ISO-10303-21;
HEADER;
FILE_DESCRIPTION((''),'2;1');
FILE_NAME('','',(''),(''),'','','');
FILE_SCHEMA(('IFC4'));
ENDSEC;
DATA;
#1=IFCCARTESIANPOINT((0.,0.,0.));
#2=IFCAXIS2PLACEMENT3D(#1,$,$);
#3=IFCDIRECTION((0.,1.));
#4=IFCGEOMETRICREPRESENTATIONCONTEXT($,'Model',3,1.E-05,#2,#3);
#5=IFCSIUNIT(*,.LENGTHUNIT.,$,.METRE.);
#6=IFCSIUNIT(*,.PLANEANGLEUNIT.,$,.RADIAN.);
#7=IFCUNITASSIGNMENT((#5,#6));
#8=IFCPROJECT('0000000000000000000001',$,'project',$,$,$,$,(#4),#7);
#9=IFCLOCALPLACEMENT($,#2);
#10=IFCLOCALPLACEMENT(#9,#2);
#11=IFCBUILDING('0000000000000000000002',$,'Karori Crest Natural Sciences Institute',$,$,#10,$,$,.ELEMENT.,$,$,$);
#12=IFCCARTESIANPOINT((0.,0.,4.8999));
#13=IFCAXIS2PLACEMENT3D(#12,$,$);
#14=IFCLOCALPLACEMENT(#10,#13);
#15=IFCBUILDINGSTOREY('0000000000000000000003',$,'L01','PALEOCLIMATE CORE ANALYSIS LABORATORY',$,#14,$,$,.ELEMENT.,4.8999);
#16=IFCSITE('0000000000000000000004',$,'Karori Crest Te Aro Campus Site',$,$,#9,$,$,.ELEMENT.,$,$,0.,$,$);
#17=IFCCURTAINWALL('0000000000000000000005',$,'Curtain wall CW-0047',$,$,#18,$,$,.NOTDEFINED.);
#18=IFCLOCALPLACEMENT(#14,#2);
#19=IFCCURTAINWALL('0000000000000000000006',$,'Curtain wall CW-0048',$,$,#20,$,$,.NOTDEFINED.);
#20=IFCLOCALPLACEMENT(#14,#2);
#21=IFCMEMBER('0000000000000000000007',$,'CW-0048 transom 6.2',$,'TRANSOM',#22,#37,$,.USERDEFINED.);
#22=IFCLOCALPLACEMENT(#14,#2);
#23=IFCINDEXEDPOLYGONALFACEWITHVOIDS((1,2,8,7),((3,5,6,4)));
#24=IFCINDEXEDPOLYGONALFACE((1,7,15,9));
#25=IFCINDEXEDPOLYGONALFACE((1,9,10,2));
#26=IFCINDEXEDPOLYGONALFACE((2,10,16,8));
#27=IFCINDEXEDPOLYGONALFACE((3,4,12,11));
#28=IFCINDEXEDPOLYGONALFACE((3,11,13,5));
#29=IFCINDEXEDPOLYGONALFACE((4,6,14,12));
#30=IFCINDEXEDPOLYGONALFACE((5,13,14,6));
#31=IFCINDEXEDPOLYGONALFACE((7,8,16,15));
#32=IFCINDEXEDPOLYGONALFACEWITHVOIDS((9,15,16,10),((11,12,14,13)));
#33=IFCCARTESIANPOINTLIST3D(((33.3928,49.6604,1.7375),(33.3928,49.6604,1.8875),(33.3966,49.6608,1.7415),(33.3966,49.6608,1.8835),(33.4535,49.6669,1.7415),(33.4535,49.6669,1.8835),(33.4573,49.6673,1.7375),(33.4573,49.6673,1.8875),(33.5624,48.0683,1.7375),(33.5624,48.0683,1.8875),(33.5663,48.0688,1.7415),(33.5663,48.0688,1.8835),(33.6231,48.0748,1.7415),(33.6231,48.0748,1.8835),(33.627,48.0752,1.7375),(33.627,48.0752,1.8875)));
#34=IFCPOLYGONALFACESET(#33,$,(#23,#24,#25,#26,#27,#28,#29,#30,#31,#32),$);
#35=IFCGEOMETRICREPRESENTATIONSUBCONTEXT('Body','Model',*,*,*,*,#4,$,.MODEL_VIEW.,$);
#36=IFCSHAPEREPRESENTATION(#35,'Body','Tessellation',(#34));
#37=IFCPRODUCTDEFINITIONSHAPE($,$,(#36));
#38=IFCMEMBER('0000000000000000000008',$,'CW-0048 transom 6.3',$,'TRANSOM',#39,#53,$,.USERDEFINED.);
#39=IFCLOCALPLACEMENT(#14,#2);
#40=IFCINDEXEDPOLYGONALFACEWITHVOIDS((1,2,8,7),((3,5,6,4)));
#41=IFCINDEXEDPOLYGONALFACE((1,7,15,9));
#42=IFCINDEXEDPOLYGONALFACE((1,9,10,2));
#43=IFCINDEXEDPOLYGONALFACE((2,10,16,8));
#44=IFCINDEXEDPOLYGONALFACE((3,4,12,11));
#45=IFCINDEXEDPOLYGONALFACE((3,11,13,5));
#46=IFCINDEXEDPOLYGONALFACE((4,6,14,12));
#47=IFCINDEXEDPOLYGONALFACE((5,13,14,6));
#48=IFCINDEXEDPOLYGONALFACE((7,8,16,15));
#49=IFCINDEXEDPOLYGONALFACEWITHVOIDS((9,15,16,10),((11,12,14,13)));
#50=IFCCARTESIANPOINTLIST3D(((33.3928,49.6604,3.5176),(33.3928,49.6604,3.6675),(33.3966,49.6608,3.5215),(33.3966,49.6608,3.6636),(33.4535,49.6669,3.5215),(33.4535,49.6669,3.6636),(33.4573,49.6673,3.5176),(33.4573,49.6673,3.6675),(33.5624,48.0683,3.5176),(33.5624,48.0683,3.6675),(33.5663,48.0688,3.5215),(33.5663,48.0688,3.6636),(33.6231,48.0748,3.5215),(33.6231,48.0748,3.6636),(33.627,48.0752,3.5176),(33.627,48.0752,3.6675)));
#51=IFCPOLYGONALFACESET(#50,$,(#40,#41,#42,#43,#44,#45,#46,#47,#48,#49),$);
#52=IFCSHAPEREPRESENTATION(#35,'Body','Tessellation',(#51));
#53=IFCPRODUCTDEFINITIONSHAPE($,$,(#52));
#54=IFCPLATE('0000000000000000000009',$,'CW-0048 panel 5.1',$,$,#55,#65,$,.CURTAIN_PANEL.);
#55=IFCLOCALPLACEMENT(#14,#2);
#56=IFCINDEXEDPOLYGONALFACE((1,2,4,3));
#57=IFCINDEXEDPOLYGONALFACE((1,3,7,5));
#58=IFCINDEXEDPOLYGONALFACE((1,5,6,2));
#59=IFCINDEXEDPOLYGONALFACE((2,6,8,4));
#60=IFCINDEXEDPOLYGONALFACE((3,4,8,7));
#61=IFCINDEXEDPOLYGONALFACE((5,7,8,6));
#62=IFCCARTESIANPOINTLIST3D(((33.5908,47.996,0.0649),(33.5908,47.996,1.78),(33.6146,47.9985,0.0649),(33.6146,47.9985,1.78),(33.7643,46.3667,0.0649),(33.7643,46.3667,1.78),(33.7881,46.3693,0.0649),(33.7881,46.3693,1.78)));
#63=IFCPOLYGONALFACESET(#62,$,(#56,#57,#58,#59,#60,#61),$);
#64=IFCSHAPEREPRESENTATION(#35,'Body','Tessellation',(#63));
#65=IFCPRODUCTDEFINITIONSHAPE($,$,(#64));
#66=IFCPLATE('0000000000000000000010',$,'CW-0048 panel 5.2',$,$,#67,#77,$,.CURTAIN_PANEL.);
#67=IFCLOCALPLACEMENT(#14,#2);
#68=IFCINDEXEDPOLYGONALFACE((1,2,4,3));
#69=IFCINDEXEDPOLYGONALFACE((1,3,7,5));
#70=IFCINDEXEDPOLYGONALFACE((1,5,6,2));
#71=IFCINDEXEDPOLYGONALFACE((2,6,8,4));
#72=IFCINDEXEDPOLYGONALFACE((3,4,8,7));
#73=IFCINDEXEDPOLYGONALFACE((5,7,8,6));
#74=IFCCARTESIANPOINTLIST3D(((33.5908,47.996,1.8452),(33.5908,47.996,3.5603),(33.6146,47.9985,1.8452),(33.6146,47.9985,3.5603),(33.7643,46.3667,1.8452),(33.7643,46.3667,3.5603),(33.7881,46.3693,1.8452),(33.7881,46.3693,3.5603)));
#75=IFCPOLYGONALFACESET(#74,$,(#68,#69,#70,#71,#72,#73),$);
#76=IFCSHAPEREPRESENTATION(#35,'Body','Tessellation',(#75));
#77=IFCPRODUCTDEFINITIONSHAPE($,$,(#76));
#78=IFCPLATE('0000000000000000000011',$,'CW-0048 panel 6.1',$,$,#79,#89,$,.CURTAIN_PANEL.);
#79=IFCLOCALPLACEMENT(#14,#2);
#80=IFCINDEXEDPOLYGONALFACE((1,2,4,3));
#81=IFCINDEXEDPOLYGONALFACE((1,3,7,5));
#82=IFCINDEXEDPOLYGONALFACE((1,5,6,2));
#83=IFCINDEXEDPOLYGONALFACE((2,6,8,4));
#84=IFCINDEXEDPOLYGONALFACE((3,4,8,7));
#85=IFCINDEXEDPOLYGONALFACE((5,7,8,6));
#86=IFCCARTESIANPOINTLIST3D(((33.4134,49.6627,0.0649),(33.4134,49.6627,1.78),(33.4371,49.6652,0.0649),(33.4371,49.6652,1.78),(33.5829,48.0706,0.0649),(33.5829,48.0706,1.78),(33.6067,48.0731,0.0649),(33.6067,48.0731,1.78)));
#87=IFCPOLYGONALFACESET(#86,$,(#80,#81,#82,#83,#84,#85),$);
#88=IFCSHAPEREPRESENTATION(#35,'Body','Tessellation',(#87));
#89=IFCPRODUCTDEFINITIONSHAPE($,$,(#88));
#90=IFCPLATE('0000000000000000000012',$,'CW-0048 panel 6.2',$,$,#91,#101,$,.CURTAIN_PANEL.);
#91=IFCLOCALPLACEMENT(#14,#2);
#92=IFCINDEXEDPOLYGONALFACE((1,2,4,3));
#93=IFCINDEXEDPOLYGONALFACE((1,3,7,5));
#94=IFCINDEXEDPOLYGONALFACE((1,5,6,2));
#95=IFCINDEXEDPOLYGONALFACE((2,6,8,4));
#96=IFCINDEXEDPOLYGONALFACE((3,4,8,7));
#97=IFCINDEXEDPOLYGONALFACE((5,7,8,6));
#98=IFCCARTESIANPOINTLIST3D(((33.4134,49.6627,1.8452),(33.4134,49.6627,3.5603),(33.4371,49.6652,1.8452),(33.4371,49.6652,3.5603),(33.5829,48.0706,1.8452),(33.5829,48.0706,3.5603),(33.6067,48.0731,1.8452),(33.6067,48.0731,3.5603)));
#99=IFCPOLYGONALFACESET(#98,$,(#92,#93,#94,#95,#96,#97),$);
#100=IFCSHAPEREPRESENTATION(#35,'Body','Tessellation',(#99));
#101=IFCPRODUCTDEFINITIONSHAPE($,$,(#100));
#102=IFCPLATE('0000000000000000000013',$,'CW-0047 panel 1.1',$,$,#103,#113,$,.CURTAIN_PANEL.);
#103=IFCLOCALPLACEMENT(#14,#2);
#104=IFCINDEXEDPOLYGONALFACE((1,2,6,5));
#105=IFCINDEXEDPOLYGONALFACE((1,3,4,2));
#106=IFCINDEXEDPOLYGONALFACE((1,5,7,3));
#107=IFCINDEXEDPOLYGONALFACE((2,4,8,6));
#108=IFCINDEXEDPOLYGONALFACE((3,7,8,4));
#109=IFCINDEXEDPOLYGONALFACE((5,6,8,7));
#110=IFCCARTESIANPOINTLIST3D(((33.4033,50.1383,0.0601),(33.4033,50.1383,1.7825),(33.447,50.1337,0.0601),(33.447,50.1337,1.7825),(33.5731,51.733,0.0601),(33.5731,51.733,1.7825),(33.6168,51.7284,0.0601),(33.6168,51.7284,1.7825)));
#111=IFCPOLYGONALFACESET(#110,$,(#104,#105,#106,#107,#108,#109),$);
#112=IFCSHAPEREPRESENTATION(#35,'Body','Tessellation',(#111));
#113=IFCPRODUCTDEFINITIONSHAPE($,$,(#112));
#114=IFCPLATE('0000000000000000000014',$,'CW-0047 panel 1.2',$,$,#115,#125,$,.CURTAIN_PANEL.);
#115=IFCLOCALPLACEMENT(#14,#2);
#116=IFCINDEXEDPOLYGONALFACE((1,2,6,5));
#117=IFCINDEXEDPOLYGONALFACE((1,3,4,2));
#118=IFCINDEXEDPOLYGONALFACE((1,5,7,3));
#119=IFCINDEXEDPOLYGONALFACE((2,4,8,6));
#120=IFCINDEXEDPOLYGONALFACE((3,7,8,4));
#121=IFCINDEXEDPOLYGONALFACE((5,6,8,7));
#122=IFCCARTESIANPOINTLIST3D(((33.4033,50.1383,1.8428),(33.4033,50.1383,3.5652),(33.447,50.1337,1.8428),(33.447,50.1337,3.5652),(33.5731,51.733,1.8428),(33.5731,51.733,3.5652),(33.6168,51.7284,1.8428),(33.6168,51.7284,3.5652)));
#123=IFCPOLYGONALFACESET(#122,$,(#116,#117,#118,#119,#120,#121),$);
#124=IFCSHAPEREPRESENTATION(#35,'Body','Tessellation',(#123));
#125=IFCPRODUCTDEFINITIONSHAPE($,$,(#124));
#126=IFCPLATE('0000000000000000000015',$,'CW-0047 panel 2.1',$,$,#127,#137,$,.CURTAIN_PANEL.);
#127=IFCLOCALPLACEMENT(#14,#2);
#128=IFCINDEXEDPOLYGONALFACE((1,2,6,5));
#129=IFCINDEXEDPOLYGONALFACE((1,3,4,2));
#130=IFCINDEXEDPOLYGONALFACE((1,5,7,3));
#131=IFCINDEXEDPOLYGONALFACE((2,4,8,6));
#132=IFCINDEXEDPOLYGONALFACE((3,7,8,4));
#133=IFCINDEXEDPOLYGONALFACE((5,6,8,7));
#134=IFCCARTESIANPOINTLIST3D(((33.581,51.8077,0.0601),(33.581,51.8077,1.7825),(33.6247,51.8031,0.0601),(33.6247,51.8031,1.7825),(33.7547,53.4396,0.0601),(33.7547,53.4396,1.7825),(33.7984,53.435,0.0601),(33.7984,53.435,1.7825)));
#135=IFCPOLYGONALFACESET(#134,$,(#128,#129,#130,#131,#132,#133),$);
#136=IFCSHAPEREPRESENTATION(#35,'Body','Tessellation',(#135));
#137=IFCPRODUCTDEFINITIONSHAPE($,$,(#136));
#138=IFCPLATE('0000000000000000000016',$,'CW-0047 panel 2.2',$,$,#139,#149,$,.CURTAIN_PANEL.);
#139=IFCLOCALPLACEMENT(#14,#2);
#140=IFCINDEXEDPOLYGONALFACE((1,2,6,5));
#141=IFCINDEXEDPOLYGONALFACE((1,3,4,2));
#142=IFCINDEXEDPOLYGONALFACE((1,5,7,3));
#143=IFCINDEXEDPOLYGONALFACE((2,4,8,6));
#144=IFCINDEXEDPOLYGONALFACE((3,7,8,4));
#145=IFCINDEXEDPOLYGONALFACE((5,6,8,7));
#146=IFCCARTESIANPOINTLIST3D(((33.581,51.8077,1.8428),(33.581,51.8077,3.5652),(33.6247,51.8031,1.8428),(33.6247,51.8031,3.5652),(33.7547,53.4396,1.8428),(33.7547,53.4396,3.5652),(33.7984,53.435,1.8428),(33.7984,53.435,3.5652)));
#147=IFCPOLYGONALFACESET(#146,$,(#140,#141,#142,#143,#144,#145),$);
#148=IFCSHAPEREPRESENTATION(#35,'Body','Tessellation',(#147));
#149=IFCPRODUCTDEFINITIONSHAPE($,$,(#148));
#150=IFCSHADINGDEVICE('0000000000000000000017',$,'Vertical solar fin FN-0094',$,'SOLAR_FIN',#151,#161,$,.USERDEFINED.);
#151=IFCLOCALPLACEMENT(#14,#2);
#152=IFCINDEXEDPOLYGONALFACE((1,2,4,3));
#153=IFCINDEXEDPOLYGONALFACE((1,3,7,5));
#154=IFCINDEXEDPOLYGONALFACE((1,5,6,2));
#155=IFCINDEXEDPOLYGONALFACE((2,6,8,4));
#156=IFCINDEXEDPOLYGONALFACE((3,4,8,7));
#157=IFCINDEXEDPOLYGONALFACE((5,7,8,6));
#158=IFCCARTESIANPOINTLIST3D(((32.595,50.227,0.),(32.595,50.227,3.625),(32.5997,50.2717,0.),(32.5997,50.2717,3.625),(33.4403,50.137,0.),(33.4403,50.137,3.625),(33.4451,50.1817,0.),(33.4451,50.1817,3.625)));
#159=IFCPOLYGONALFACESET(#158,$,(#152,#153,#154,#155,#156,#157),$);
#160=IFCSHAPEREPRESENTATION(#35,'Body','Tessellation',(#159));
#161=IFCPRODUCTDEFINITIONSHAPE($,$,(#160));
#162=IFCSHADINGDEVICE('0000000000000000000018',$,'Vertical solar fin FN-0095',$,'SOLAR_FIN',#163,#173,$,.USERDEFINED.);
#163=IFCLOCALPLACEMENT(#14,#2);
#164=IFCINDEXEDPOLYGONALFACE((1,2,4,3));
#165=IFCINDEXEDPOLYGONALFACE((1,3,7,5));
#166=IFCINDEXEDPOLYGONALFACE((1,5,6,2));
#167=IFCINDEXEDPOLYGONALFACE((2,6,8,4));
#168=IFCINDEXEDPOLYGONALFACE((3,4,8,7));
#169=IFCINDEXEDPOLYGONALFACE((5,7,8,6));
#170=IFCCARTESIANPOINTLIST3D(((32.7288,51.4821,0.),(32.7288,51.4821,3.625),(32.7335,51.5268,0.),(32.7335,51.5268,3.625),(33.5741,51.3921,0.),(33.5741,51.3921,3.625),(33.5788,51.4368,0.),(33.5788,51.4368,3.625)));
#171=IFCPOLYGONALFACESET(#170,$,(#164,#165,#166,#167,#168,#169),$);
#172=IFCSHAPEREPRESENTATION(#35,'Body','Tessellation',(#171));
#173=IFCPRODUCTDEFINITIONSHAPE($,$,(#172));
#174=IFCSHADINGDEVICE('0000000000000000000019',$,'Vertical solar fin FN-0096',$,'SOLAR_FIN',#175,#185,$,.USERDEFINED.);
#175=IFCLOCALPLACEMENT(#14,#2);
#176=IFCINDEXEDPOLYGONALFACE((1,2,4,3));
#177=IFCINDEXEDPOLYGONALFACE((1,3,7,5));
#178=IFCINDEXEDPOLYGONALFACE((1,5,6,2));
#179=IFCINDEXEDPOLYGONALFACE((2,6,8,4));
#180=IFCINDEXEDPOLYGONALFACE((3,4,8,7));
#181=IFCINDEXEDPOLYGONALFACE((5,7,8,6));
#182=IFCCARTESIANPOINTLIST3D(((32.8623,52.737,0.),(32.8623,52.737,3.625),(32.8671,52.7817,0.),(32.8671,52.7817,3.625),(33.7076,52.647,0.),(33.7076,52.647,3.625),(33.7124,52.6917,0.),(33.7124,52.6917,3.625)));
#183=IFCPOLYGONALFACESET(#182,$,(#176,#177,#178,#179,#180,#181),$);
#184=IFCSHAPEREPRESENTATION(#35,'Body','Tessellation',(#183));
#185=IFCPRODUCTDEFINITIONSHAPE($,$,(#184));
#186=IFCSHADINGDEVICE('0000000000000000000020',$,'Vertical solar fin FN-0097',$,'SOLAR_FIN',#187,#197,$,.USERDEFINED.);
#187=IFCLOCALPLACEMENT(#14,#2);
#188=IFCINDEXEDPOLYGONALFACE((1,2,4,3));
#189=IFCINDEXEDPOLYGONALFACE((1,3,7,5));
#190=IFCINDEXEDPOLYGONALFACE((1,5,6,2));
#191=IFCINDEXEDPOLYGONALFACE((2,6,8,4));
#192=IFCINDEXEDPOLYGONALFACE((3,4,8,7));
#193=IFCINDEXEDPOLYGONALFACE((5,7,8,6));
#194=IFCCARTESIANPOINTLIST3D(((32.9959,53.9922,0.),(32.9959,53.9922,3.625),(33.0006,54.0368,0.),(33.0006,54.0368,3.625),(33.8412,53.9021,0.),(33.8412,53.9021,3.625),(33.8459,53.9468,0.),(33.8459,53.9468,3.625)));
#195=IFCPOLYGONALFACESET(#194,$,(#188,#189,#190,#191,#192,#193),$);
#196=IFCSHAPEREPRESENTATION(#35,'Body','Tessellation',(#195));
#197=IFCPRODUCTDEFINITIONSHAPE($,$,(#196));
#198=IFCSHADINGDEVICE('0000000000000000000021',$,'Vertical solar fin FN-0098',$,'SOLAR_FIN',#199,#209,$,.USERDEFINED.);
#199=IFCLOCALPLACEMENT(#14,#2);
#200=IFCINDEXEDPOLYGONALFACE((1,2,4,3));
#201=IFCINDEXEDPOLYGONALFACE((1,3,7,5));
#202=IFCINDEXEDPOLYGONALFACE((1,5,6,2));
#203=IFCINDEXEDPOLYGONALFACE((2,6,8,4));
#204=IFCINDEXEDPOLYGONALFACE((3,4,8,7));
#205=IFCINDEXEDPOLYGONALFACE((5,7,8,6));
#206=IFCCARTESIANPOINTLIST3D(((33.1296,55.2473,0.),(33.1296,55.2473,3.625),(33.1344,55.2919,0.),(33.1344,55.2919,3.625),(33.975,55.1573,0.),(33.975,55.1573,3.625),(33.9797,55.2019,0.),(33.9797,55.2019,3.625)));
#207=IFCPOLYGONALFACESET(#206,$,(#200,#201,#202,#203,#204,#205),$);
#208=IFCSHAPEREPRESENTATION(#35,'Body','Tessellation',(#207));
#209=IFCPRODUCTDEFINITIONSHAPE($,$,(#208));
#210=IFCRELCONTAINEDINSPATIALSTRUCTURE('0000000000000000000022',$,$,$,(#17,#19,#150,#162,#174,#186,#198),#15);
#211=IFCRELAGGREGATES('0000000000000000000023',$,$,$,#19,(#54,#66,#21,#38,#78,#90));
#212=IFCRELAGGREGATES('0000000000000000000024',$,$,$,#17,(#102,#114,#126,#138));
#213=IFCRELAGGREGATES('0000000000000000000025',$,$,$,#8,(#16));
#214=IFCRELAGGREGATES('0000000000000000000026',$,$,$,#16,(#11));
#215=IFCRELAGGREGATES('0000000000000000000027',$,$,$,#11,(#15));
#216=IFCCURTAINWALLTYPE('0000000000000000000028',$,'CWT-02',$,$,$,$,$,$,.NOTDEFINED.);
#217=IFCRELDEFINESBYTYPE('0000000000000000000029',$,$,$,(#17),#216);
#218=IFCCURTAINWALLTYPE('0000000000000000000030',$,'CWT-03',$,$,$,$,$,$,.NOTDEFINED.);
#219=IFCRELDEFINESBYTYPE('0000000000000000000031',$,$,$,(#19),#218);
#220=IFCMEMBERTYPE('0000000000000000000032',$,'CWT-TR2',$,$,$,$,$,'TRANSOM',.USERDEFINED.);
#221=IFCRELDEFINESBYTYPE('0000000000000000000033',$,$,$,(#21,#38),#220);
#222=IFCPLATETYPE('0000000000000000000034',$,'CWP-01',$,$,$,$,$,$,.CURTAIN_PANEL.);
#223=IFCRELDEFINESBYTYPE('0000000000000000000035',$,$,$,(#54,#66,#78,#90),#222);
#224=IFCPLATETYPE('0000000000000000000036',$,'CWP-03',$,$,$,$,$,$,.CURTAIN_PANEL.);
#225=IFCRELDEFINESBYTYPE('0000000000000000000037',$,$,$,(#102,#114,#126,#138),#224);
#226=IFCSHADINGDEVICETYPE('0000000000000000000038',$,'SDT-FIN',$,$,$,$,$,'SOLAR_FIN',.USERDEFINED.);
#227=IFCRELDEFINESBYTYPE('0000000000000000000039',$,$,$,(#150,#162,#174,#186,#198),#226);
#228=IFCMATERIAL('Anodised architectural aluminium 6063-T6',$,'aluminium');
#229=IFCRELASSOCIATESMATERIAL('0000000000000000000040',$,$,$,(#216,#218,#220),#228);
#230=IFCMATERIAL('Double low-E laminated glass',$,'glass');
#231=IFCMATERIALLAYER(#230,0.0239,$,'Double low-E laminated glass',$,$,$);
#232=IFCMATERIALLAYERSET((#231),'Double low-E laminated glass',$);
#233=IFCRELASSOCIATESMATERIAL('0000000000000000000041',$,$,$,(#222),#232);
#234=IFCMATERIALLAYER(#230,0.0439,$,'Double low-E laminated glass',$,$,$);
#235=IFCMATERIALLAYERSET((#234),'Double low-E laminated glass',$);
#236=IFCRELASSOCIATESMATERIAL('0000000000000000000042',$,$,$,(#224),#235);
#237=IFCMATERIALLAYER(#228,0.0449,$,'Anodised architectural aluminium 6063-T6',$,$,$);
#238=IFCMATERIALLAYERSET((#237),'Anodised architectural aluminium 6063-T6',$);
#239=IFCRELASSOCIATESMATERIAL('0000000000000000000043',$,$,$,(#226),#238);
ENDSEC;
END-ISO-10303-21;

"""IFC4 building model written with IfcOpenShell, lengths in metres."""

from ifc_helpers import new_model, si_unit, direction, frame, origin, origin_2d, place, context, subcontext, project, spatial, rectangle, hollow_rectangle, extrude, material, layer, layer_set, material_profile, profile_set, type_object, element, aggregate, save


model = new_model("IFC4")

# Units and contexts
model_context = context("Model", 3, precision=1e-05, world=origin(), true_north=direction((0.0, 1.0)))
body_context = subcontext(model_context, "Body", "Model", "MODEL_VIEW")
ifc_project = project(units=[si_unit("LENGTHUNIT", "METRE"), si_unit("PLANEANGLEUNIT", "RADIAN")], contexts=[model_context])

# Site, building, storey
site_placement = place(None, origin())
site = spatial("IfcSite", under=ifc_project, at=site_placement, Name="Karori Crest Te Aro Campus Site", CompositionType="ELEMENT", RefElevation=0.0)
building_placement = place(site_placement, origin())
building = spatial("IfcBuilding", under=site, at=building_placement, Name="Karori Crest Natural Sciences Institute", CompositionType="ELEMENT")
storey_placement = place(building_placement, frame((0.0, 0.0, 4.8999)))
storey = spatial("IfcBuildingStorey", under=building, at=storey_placement, Name="L01", Description="PALEOCLIMATE CORE ANALYSIS LABORATORY", CompositionType="ELEMENT", Elevation=4.8999)

# Curtain walls
ifc_material_1 = material(Name="Anodised architectural aluminium 6063-T6", Category="aluminium")
curtain_wall_type_1 = type_object("IfcCurtainWallType", Name="CWT-02", PredefinedType="NOTDEFINED", material=ifc_material_1)
curtain_wall_1_placement = place(storey_placement, origin())
curtain_wall_1 = element("IfcCurtainWall", 1, at=curtain_wall_1_placement, inside=storey, type_object=curtain_wall_type_1, Name="Curtain wall CW-0047", PredefinedType="NOTDEFINED")
curtain_wall_type_2 = type_object("IfcCurtainWallType", Name="CWT-03", PredefinedType="NOTDEFINED", material=ifc_material_1)
curtain_wall_2_placement = place(storey_placement, origin())
curtain_wall_2 = element("IfcCurtainWall", 2, at=curtain_wall_2_placement, inside=storey, type_object=curtain_wall_type_2, Name="Curtain wall CW-0048", PredefinedType="NOTDEFINED")

# Members
ifc_material_profile_1 = material_profile(ifc_material_1, hollow_rectangle(XDim=0.0649, YDim=0.1499, WallThickness=0.0039, at=origin_2d()), Name="CWT150x65x4")
ifc_profile_set_1 = profile_set([ifc_material_profile_1], Name="Anodised architectural aluminium 6063-T6")
member_type_1 = type_object("IfcMemberType", Name="CWT-TR2", ElementType="TRANSOM", PredefinedType="USERDEFINED", material=ifc_profile_set_1)
member_1_placement = place(storey_placement, frame((33.5947, 48.0718, 1.8125), z_axis=(-0.105979, 0.994368, 0.0), x_axis=(-0.994368, -0.105979, 0.0)))
member_1 = element("IfcMember", 3, at=member_1_placement, type_object=member_type_1, Name="CW-0048 transom 6.2", ObjectType="TRANSOM", PredefinedType="USERDEFINED", context=body_context, shape_type="SweptSolid", body=[
    extrude(hollow_rectangle(XDim=0.0649, YDim=0.1499, WallThickness=0.0039, at=origin_2d()), origin(), (0.0, 0.0, 1.0), 1.6011),
])
member_2_placement = place(storey_placement, frame((33.5947, 48.0718, 3.5925), z_axis=(-0.105979, 0.994368, 0.0), x_axis=(-0.994368, -0.105979, 0.0)))
member_2 = element("IfcMember", 4, at=member_2_placement, type_object=member_type_1, Name="CW-0048 transom 6.3", ObjectType="TRANSOM", PredefinedType="USERDEFINED", context=body_context, shape_type="SweptSolid", body=[
    extrude(hollow_rectangle(XDim=0.0649, YDim=0.1499, WallThickness=0.0039, at=origin_2d()), origin(), (0.0, 0.0, 1.0), 1.6011),
])

# Plates
ifc_material_2 = material(Name="Double low-E laminated glass", Category="glass")
ifc_layer_1 = layer(ifc_material_2, 0.0239, Name="Double low-E laminated glass")
ifc_layer_set_1 = layer_set([ifc_layer_1], Name="Double low-E laminated glass")
plate_type_1 = type_object("IfcPlateType", Name="CWP-01", PredefinedType="CURTAIN_PANEL", material=ifc_layer_set_1)
plate_1_placement = place(storey_placement, frame((33.6895, 47.1826, 0.0649), z_axis=(0.0, 0.0, 1.0), x_axis=(-0.105882, 0.994379, 0.0)))
plate_1 = element("IfcPlate", 5, at=plate_1_placement, type_object=plate_type_1, Name="CW-0048 panel 5.1", PredefinedType="CURTAIN_PANEL", context=body_context, shape_type="SweptSolid", body=[
    extrude(rectangle(XDim=1.6384, YDim=0.0239, at=origin_2d()), origin(), (0.0, 0.0, 1.0), 1.7151),
])
plate_2_placement = place(storey_placement, frame((33.6895, 47.1826, 1.8452), z_axis=(0.0, 0.0, 1.0), x_axis=(-0.105882, 0.994379, 0.0)))
plate_2 = element("IfcPlate", 6, at=plate_2_placement, type_object=plate_type_1, Name="CW-0048 panel 5.2", PredefinedType="CURTAIN_PANEL", context=body_context, shape_type="SweptSolid", body=[
    extrude(rectangle(XDim=1.6384, YDim=0.0239, at=origin_2d()), origin(), (0.0, 0.0, 1.0), 1.7151),
])
plate_3_placement = place(storey_placement, frame((33.51, 48.8679, 0.0649), z_axis=(0.0, 0.0, 1.0), x_axis=(-0.105882, 0.994379, 0.0)))
plate_3 = element("IfcPlate", 7, at=plate_3_placement, type_object=plate_type_1, Name="CW-0048 panel 6.1", PredefinedType="CURTAIN_PANEL", context=body_context, shape_type="SweptSolid", body=[
    extrude(rectangle(XDim=1.6011, YDim=0.0239, at=origin_2d()), origin(), (0.0, 0.0, 1.0), 1.7151),
])
plate_4_placement = place(storey_placement, frame((33.51, 48.8679, 1.8452), z_axis=(0.0, 0.0, 1.0), x_axis=(-0.105882, 0.994379, 0.0)))
plate_4 = element("IfcPlate", 8, at=plate_4_placement, type_object=plate_type_1, Name="CW-0048 panel 6.2", PredefinedType="CURTAIN_PANEL", context=body_context, shape_type="SweptSolid", body=[
    extrude(rectangle(XDim=1.6011, YDim=0.0239, at=origin_2d()), origin(), (0.0, 0.0, 1.0), 1.7151),
])
aggregate(curtain_wall_2, [plate_1, plate_2, member_1, member_2, plate_3, plate_4])
ifc_layer_2 = layer(ifc_material_2, 0.0439, Name="Double low-E laminated glass")
ifc_layer_set_2 = layer_set([ifc_layer_2], Name="Double low-E laminated glass")
plate_type_2 = type_object("IfcPlateType", Name="CWP-03", PredefinedType="CURTAIN_PANEL", material=ifc_layer_set_2)
plate_5_placement = place(storey_placement, frame((33.51, 50.9333, 0.0601), z_axis=(0.0, 0.0, 1.0), x_axis=(0.105884, 0.994378, 0.0)))
plate_5 = element("IfcPlate", 9, at=plate_5_placement, type_object=plate_type_2, Name="CW-0047 panel 1.1", PredefinedType="CURTAIN_PANEL", context=body_context, shape_type="SweptSolid", body=[
    extrude(rectangle(XDim=1.6038, YDim=0.0439, at=origin_2d()), origin(), (0.0, 0.0, 1.0), 1.7224),
])
plate_6_placement = place(storey_placement, frame((33.51, 50.9333, 1.8428), z_axis=(0.0, 0.0, 1.0), x_axis=(0.105884, 0.994378, 0.0)))
plate_6 = element("IfcPlate", 10, at=plate_6_placement, type_object=plate_type_2, Name="CW-0047 panel 1.2", PredefinedType="CURTAIN_PANEL", context=body_context, shape_type="SweptSolid", body=[
    extrude(rectangle(XDim=1.6038, YDim=0.0439, at=origin_2d()), origin(), (0.0, 0.0, 1.0), 1.7224),
])
plate_7_placement = place(storey_placement, frame((33.6897, 52.6213, 0.0601), z_axis=(0.0, 0.0, 1.0), x_axis=(0.105884, 0.994378, 0.0)))
plate_7 = element("IfcPlate", 11, at=plate_7_placement, type_object=plate_type_2, Name="CW-0047 panel 2.1", PredefinedType="CURTAIN_PANEL", context=body_context, shape_type="SweptSolid", body=[
    extrude(rectangle(XDim=1.6411, YDim=0.0439, at=origin_2d()), origin(), (0.0, 0.0, 1.0), 1.7224),
])
plate_8_placement = place(storey_placement, frame((33.6897, 52.6213, 1.8428), z_axis=(0.0, 0.0, 1.0), x_axis=(0.105884, 0.994378, 0.0)))
plate_8 = element("IfcPlate", 12, at=plate_8_placement, type_object=plate_type_2, Name="CW-0047 panel 2.2", PredefinedType="CURTAIN_PANEL", context=body_context, shape_type="SweptSolid", body=[
    extrude(rectangle(XDim=1.6411, YDim=0.0439, at=origin_2d()), origin(), (0.0, 0.0, 1.0), 1.7224),
])
aggregate(curtain_wall_1, [plate_5, plate_6, plate_7, plate_8])

# Shading devices
ifc_layer_3 = layer(ifc_material_1, 0.0449, Name="Anodised architectural aluminium 6063-T6")
ifc_layer_set_3 = layer_set([ifc_layer_3], Name="Anodised architectural aluminium 6063-T6")
shading_device_type = type_object("IfcShadingDeviceType", Name="SDT-FIN", ElementType="SOLAR_FIN", PredefinedType="USERDEFINED", material=ifc_layer_set_3)
for number, where, z_axis, x_axis, name in (
    (13, (33.02, 50.2043, 0.0), (0.0, 0.0, 1.0), (-0.994378, 0.105884, 0.0), "Vertical solar fin FN-0094"),
    (14, (33.1538, 51.4595, 0.0), (0.0, 0.0, 1.0), (-0.994378, 0.105884, 0.0), "Vertical solar fin FN-0095"),
    (15, (33.2874, 52.7144, 0.0), (0.0, 0.0, 1.0), (-0.994378, 0.105884, 0.0), "Vertical solar fin FN-0096"),
    (16, (33.4209, 53.9695, 0.0), (0.0, 0.0, 1.0), (-0.994378, 0.105884, 0.0), "Vertical solar fin FN-0097"),
    (17, (33.5547, 55.2246, 0.0), (0.0, 0.0, 1.0), (-0.994378, 0.105884, 0.0), "Vertical solar fin FN-0098"),
):
    element("IfcShadingDevice", number, at=place(storey_placement, frame(where, z_axis=z_axis, x_axis=x_axis)), inside=storey, type_object=shading_device_type, Name=name, ObjectType="SOLAR_FIN", PredefinedType="USERDEFINED", context=body_context, shape_type="SweptSolid", body=[
        extrude(rectangle(XDim=0.8501, YDim=0.0449, at=origin_2d()), origin(), (0.0, 0.0, 1.0), 3.625),
    ])

save(model, "model.ifc")
